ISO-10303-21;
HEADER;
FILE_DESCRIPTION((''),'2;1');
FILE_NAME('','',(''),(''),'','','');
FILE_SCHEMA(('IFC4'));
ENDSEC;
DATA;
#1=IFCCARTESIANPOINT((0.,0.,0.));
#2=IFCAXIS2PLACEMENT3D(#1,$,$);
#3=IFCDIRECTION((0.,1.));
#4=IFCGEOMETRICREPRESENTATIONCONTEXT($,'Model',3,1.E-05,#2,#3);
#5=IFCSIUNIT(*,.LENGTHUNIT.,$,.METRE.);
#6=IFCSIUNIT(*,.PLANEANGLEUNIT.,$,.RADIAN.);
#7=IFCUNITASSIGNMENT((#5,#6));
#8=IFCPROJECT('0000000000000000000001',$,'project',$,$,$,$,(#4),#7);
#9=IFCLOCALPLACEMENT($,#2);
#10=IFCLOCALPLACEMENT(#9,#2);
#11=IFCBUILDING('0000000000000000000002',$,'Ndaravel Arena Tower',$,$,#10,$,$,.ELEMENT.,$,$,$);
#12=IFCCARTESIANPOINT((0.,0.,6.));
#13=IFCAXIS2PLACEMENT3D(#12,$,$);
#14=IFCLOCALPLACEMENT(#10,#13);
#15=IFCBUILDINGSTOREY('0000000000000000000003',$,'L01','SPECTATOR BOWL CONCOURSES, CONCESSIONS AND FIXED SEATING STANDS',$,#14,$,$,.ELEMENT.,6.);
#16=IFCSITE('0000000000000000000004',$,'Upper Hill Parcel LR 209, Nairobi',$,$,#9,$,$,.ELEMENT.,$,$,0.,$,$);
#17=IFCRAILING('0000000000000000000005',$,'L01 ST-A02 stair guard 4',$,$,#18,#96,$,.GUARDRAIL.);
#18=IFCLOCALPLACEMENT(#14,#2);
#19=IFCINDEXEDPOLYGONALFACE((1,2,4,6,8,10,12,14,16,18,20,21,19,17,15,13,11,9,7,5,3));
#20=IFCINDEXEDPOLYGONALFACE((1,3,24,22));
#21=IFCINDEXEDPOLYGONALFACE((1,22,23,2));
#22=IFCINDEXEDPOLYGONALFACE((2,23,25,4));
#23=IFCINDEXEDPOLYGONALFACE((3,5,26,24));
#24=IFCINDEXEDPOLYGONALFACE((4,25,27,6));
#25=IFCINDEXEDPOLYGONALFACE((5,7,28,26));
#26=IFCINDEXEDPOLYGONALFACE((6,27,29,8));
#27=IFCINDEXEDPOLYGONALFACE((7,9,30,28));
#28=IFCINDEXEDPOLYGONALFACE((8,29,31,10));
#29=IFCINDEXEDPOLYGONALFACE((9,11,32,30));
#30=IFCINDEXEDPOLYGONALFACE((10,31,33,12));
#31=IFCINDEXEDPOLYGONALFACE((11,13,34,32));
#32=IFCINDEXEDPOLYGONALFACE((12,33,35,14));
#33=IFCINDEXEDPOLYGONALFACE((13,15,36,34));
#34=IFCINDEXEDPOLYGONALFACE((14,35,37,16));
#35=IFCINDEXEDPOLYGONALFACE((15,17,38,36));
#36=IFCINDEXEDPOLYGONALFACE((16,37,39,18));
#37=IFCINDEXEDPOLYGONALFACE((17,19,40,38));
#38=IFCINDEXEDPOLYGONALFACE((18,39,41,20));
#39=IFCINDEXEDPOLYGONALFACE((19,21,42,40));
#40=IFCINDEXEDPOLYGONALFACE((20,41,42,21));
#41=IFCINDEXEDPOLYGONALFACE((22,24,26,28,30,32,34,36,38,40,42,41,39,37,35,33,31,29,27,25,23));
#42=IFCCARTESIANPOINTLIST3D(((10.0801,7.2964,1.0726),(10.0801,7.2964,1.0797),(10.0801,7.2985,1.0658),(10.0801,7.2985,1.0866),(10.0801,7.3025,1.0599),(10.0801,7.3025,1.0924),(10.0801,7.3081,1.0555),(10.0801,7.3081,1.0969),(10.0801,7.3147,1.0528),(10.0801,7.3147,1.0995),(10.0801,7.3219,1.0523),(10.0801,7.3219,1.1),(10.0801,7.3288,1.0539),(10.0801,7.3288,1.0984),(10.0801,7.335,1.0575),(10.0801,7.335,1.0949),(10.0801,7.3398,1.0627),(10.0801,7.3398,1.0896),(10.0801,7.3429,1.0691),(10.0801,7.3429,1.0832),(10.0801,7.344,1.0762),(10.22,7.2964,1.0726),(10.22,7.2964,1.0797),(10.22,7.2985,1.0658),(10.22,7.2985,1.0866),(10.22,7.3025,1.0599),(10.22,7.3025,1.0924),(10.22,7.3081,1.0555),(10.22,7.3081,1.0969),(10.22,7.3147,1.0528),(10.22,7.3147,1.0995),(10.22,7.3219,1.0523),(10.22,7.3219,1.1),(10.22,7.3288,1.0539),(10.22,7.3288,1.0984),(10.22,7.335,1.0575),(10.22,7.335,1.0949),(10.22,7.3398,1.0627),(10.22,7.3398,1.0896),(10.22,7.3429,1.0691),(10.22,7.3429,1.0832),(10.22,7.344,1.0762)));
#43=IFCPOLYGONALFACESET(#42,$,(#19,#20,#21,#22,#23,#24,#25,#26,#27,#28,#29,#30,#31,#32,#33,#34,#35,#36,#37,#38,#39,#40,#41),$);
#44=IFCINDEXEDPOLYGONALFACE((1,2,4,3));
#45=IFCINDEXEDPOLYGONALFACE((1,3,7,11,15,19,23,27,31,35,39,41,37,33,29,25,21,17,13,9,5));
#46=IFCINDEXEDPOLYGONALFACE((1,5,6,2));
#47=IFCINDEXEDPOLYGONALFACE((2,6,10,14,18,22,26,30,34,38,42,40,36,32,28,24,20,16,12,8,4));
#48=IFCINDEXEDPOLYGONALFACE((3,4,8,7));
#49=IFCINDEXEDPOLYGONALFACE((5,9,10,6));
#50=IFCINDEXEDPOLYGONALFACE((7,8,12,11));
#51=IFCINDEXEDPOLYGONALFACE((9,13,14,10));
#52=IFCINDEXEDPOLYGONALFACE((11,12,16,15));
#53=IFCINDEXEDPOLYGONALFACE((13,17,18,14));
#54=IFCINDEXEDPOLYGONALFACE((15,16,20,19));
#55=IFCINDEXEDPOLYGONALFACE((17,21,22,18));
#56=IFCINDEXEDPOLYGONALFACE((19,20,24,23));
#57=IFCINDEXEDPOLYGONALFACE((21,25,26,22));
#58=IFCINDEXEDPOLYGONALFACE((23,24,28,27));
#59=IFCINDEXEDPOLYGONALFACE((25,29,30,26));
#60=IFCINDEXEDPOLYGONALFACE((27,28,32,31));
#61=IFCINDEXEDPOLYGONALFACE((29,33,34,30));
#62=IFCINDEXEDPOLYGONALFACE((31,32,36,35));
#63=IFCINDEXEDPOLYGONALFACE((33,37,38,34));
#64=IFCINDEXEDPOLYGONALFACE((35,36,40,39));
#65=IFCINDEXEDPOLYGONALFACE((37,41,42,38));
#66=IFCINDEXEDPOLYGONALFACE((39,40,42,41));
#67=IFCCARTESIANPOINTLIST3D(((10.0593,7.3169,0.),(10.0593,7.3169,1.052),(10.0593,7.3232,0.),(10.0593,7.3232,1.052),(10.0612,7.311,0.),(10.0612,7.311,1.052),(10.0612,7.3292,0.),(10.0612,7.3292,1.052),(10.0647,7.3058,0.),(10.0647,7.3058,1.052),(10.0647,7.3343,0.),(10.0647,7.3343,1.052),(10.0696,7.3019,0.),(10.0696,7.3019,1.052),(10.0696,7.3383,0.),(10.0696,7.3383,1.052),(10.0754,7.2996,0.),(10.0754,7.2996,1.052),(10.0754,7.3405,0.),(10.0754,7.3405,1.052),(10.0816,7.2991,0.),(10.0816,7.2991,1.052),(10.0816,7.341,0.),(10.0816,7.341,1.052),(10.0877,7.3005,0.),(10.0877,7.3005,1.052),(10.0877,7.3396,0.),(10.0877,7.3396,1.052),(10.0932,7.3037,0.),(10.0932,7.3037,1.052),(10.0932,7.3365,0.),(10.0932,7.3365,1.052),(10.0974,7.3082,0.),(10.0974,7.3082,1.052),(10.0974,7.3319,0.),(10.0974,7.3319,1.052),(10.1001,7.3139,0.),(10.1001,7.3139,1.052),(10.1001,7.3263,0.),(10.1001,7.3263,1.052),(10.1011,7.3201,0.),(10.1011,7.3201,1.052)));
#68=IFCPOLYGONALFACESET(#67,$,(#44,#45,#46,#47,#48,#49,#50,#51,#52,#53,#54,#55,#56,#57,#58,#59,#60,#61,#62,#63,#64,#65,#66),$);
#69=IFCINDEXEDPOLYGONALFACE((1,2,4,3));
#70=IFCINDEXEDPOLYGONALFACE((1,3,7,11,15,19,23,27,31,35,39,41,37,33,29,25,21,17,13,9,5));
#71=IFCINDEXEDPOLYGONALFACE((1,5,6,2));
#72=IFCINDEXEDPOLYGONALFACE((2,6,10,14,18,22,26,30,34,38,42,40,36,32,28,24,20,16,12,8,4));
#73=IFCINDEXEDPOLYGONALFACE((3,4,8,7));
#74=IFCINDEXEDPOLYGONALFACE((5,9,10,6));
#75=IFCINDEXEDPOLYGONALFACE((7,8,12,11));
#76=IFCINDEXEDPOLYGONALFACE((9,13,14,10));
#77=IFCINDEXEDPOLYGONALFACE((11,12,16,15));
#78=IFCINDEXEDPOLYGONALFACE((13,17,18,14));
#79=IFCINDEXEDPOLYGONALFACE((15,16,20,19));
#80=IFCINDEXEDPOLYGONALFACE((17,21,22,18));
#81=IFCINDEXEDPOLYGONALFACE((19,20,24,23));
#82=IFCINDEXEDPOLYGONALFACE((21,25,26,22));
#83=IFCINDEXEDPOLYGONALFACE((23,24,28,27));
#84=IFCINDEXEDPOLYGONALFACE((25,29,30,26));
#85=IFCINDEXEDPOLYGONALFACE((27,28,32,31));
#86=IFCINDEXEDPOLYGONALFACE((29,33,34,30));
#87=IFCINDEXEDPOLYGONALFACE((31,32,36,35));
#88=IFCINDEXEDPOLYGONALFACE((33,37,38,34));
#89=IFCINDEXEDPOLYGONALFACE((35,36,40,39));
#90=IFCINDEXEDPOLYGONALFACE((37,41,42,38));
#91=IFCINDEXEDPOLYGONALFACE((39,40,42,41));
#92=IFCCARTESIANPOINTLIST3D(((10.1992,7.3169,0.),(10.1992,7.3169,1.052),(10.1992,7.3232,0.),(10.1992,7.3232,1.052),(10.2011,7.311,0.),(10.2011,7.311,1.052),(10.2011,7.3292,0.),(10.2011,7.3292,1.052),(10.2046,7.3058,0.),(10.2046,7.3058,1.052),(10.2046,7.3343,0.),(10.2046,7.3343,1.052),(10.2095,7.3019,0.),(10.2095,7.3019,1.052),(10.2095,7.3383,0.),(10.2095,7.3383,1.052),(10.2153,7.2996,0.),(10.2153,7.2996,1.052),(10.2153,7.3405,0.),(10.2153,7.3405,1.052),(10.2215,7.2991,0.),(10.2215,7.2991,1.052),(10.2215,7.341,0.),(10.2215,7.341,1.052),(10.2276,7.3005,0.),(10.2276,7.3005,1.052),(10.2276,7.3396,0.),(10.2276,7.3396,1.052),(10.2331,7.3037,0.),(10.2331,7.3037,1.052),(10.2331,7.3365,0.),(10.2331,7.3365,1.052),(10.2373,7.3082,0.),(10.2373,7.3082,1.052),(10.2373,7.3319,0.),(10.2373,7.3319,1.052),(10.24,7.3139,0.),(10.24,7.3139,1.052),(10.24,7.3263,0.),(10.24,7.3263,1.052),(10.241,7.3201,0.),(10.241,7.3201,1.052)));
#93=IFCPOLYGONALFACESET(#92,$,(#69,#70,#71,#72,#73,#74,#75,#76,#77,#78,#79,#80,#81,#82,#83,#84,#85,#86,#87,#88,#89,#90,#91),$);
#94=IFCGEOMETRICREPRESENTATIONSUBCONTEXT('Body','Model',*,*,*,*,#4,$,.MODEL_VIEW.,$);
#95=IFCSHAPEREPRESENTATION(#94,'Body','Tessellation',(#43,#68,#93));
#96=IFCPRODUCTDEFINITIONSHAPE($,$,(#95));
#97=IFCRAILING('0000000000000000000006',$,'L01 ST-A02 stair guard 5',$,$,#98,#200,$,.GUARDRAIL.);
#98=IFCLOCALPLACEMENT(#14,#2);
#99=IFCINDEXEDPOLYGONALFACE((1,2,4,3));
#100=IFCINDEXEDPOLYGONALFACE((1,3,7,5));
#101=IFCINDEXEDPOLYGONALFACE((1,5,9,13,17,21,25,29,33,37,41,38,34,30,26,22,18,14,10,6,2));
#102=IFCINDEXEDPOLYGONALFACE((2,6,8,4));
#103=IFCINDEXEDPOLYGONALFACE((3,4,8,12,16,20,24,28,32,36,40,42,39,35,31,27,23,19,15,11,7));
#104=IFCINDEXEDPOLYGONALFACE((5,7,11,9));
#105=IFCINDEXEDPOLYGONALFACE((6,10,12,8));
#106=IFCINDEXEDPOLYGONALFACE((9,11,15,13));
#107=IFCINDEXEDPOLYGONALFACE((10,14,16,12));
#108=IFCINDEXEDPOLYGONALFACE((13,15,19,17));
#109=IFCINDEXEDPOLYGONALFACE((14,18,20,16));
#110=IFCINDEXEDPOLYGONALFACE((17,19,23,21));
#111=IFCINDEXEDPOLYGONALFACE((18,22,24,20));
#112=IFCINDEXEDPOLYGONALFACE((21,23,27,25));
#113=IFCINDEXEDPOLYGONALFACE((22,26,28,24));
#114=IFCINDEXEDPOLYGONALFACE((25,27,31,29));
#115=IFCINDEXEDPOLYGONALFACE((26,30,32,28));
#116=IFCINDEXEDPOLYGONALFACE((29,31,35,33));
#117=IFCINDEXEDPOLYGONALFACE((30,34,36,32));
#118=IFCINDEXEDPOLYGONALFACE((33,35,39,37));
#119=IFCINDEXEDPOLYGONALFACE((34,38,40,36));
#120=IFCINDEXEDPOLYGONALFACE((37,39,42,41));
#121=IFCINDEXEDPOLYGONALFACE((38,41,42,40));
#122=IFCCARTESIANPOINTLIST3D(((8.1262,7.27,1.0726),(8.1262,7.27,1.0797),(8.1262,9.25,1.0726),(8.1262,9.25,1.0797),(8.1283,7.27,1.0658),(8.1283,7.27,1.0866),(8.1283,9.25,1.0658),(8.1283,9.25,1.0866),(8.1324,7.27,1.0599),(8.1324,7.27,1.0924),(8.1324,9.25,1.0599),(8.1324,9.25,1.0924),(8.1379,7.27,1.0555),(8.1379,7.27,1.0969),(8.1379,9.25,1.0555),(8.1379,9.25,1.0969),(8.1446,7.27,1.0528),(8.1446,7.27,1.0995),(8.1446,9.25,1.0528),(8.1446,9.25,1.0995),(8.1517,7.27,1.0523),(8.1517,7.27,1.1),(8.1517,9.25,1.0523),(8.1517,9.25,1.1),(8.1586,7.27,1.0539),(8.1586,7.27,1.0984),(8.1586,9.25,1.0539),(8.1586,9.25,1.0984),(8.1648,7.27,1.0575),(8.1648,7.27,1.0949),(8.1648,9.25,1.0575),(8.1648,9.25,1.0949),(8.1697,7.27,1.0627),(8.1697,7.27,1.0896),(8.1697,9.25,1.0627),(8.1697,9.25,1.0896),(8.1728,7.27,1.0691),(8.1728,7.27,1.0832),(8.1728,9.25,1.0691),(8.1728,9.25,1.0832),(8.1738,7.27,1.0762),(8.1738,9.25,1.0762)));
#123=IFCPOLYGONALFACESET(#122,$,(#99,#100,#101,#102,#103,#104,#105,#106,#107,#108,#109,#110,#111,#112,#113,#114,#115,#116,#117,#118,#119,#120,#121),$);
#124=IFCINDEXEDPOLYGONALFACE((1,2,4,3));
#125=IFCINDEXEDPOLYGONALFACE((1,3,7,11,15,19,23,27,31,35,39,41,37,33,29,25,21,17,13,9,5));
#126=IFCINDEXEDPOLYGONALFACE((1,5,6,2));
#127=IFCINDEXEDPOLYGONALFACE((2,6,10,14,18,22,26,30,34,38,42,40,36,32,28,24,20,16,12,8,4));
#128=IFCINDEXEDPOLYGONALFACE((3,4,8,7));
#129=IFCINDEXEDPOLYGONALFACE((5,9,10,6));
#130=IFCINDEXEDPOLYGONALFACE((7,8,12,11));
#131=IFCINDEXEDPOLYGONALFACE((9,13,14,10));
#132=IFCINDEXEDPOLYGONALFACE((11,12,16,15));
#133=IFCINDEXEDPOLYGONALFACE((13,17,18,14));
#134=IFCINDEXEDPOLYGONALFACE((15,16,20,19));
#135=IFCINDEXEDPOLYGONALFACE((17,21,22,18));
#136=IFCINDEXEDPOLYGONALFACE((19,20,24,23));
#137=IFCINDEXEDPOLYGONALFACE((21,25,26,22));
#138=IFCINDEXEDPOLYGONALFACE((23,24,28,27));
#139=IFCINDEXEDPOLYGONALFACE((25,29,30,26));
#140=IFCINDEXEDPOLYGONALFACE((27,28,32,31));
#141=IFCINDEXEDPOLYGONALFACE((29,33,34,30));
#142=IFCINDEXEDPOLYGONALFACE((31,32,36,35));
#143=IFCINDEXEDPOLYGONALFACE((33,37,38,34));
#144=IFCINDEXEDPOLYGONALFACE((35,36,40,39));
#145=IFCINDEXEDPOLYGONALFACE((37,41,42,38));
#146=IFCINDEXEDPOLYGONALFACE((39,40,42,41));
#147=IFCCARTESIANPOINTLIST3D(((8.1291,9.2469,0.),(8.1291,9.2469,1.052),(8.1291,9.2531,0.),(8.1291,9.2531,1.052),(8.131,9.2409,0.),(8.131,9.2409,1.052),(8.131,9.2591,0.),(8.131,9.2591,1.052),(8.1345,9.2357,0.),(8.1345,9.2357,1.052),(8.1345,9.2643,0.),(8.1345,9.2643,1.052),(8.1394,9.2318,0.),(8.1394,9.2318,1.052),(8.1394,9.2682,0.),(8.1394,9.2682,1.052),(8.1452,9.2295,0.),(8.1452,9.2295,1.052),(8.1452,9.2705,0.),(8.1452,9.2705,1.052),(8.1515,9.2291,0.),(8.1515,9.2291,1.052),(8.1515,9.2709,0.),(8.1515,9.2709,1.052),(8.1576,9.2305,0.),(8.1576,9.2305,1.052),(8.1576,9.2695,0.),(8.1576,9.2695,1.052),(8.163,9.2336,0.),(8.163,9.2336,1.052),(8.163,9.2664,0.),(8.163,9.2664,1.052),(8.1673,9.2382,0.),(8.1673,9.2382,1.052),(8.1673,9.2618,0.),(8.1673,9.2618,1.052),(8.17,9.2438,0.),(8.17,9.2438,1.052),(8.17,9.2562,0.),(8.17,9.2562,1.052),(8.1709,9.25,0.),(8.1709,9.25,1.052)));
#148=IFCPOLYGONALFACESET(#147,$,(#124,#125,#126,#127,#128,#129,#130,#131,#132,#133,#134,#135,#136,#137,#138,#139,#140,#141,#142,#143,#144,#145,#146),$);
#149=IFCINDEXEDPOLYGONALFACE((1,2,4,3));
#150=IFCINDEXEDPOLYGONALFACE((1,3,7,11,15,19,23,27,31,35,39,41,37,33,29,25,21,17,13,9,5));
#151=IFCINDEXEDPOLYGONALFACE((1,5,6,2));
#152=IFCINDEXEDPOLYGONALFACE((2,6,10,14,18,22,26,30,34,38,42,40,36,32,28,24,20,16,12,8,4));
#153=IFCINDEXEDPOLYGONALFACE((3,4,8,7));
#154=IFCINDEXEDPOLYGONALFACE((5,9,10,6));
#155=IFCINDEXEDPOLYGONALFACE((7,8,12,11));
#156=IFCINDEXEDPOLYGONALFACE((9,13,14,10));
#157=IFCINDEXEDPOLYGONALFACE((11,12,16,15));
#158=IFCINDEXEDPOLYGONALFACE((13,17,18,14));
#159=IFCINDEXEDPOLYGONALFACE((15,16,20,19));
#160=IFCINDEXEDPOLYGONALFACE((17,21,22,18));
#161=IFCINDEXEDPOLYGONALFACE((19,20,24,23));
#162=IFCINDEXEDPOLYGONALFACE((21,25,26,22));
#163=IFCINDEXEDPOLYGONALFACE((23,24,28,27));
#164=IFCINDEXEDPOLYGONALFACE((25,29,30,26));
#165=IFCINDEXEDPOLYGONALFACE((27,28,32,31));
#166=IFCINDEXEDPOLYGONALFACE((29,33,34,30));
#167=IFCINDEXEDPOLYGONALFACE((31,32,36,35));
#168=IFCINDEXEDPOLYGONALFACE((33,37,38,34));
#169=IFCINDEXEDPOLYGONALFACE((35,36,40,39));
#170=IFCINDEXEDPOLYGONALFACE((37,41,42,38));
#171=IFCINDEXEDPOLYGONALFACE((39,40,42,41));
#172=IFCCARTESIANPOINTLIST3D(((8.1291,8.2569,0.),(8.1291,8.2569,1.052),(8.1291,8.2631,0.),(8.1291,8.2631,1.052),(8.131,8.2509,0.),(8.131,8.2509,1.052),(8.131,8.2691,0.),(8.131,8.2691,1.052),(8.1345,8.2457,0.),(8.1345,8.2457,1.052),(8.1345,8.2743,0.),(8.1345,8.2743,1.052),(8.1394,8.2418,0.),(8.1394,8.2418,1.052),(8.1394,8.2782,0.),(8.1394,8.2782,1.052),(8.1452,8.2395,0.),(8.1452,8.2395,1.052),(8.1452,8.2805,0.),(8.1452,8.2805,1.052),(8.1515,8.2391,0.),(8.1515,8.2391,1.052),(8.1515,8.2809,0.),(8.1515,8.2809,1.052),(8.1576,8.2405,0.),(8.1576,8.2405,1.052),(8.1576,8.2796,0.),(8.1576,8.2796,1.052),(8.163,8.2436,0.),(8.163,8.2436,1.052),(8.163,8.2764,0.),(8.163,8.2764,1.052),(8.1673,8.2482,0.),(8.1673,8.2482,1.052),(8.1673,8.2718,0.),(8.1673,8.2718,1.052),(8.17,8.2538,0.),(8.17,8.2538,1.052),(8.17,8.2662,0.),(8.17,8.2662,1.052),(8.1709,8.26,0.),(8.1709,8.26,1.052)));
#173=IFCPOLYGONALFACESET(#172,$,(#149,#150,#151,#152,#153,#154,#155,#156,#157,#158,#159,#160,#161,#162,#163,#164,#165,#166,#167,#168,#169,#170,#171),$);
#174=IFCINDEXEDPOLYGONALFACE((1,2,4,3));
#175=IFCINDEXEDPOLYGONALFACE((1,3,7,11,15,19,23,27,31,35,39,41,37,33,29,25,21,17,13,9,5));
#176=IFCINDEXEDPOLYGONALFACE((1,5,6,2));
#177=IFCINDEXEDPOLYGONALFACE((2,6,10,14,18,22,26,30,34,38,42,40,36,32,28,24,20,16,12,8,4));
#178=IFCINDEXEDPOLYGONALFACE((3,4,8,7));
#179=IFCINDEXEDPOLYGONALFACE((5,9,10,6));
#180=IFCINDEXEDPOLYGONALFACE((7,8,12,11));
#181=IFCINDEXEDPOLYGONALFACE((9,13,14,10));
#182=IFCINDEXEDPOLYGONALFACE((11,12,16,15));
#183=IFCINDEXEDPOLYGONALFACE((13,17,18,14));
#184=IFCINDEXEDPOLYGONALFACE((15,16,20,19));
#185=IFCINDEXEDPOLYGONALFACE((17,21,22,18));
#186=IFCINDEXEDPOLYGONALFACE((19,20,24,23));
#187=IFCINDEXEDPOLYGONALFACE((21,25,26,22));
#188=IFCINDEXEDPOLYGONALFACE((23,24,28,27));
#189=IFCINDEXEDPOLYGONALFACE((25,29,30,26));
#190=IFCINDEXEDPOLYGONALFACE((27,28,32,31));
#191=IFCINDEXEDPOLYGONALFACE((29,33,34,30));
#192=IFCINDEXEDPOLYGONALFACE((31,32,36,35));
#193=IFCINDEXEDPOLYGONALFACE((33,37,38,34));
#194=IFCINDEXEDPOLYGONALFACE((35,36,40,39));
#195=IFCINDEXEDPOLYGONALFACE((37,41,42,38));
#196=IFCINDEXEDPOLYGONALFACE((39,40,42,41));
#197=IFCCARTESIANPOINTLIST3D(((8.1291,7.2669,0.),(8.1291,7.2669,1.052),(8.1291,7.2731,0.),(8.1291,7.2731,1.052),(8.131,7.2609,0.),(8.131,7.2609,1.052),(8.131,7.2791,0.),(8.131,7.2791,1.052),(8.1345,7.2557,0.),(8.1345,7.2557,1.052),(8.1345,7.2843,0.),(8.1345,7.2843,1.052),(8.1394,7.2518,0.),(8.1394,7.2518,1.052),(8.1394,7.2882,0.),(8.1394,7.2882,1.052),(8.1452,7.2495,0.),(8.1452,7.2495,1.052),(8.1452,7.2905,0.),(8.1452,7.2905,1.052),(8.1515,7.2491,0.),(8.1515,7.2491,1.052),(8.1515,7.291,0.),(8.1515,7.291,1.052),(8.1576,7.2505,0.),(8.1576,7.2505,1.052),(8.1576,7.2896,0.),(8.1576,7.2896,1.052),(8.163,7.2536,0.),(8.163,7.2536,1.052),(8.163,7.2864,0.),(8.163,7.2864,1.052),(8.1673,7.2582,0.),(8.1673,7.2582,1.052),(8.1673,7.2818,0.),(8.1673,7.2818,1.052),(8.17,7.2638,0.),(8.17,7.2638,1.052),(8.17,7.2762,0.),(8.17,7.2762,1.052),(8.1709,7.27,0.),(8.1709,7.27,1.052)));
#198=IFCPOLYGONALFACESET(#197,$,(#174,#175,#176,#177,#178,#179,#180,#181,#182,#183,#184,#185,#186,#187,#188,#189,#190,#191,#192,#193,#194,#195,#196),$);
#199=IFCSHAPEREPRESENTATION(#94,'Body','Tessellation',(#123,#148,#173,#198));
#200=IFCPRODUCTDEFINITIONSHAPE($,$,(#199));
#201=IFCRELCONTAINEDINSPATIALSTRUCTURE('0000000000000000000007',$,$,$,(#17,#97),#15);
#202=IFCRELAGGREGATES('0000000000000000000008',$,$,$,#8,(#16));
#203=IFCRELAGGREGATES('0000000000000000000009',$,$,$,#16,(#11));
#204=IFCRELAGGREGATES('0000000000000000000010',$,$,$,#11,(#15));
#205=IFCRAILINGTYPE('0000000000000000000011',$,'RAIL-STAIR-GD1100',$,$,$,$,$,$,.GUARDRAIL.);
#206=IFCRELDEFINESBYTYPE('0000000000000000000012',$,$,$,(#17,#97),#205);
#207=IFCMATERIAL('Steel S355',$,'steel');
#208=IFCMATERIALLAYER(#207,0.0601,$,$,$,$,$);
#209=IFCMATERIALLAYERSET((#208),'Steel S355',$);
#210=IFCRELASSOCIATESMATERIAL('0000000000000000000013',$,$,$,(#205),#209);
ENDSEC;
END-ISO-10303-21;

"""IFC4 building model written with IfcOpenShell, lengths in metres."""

from ifc_helpers import new_model, si_unit, direction, frame, origin, origin_2d, place, context, subcontext, project, spatial, circle, extrude, material, layer, layer_set, type_object, element, save


model = new_model("IFC4")

# Units and contexts
model_context = context("Model", 3, precision=1e-05, world=origin(), true_north=direction((0.0, 1.0)))
body_context = subcontext(model_context, "Body", "Model", "MODEL_VIEW")
ifc_project = project(units=[si_unit("LENGTHUNIT", "METRE"), si_unit("PLANEANGLEUNIT", "RADIAN")], contexts=[model_context])

# Site, building, storey
site_placement = place(None, origin())
site = spatial("IfcSite", under=ifc_project, at=site_placement, Name="Upper Hill Parcel LR 209, Nairobi", CompositionType="ELEMENT", RefElevation=0.0)
building_placement = place(site_placement, origin())
building = spatial("IfcBuilding", under=site, at=building_placement, Name="Ndaravel Arena Tower", CompositionType="ELEMENT")
storey_placement = place(building_placement, frame((0.0, 0.0, 6.0)))
storey = spatial("IfcBuildingStorey", under=building, at=storey_placement, Name="L01", Description="SPECTATOR BOWL CONCOURSES, CONCESSIONS AND FIXED SEATING STANDS", CompositionType="ELEMENT", Elevation=6.0)

# Railings
ifc_material_1 = material(Name="Steel S355", Category="steel")
ifc_layer_1 = layer(ifc_material_1, 0.0601)
ifc_layer_set_1 = layer_set([ifc_layer_1], Name="Steel S355")
railing_type_1 = type_object("IfcRailingType", Name="RAIL-STAIR-GD1100", PredefinedType="GUARDRAIL", material=ifc_layer_set_1)
railing_1_placement = place(storey_placement, frame((10.0801, 7.3201, 0.0)))
element("IfcRailing", 1, at=railing_1_placement, inside=storey, type_object=railing_type_1, Name="L01 ST-A02 stair guard 4", PredefinedType="GUARDRAIL", context=body_context, shape_type="SweptSolid", body=[
    extrude(circle(Radius=0.0239, at=origin_2d()), frame((0.0, 0.0, 1.0762), z_axis=(1.0, 0.0, 0.0), x_axis=(0.0, 1.0, 0.0)), (0.0, 0.0, 1.0), 0.1399),
    extrude(circle(Radius=0.021, at=origin_2d()), origin(), (0.0, 0.0, 1.0), 1.052),
    extrude(circle(Radius=0.021, at=origin_2d()), frame((0.1399, 0.0, 0.0)), (0.0, 0.0, 1.0), 1.052),
])
for number, where, name in (
    (2, (8.1499, 9.25, 0.0), "L01 ST-A02 stair guard 5"),
):
    element("IfcRailing", number, at=place(storey_placement, frame(where)), inside=storey, type_object=railing_type_1, Name=name, PredefinedType="GUARDRAIL", context=body_context, shape_type="SweptSolid", body=[
        extrude(circle(Radius=0.0239, at=origin_2d()), frame((0.0, 0.0, 1.0762), z_axis=(0.0, -1.0, 0.0), x_axis=(1.0, 0.0, 0.0)), (0.0, 0.0, 1.0), 1.98),
        extrude(circle(Radius=0.021, at=origin_2d()), origin(), (0.0, 0.0, 1.0), 1.052),
        extrude(circle(Radius=0.021, at=origin_2d()), frame((0.0, -0.99, 0.0)), (0.0, 0.0, 1.0), 1.052),
        extrude(circle(Radius=0.021, at=origin_2d()), frame((0.0, -1.98, 0.0)), (0.0, 0.0, 1.0), 1.052),
    ])

save(model, "model.ifc")
